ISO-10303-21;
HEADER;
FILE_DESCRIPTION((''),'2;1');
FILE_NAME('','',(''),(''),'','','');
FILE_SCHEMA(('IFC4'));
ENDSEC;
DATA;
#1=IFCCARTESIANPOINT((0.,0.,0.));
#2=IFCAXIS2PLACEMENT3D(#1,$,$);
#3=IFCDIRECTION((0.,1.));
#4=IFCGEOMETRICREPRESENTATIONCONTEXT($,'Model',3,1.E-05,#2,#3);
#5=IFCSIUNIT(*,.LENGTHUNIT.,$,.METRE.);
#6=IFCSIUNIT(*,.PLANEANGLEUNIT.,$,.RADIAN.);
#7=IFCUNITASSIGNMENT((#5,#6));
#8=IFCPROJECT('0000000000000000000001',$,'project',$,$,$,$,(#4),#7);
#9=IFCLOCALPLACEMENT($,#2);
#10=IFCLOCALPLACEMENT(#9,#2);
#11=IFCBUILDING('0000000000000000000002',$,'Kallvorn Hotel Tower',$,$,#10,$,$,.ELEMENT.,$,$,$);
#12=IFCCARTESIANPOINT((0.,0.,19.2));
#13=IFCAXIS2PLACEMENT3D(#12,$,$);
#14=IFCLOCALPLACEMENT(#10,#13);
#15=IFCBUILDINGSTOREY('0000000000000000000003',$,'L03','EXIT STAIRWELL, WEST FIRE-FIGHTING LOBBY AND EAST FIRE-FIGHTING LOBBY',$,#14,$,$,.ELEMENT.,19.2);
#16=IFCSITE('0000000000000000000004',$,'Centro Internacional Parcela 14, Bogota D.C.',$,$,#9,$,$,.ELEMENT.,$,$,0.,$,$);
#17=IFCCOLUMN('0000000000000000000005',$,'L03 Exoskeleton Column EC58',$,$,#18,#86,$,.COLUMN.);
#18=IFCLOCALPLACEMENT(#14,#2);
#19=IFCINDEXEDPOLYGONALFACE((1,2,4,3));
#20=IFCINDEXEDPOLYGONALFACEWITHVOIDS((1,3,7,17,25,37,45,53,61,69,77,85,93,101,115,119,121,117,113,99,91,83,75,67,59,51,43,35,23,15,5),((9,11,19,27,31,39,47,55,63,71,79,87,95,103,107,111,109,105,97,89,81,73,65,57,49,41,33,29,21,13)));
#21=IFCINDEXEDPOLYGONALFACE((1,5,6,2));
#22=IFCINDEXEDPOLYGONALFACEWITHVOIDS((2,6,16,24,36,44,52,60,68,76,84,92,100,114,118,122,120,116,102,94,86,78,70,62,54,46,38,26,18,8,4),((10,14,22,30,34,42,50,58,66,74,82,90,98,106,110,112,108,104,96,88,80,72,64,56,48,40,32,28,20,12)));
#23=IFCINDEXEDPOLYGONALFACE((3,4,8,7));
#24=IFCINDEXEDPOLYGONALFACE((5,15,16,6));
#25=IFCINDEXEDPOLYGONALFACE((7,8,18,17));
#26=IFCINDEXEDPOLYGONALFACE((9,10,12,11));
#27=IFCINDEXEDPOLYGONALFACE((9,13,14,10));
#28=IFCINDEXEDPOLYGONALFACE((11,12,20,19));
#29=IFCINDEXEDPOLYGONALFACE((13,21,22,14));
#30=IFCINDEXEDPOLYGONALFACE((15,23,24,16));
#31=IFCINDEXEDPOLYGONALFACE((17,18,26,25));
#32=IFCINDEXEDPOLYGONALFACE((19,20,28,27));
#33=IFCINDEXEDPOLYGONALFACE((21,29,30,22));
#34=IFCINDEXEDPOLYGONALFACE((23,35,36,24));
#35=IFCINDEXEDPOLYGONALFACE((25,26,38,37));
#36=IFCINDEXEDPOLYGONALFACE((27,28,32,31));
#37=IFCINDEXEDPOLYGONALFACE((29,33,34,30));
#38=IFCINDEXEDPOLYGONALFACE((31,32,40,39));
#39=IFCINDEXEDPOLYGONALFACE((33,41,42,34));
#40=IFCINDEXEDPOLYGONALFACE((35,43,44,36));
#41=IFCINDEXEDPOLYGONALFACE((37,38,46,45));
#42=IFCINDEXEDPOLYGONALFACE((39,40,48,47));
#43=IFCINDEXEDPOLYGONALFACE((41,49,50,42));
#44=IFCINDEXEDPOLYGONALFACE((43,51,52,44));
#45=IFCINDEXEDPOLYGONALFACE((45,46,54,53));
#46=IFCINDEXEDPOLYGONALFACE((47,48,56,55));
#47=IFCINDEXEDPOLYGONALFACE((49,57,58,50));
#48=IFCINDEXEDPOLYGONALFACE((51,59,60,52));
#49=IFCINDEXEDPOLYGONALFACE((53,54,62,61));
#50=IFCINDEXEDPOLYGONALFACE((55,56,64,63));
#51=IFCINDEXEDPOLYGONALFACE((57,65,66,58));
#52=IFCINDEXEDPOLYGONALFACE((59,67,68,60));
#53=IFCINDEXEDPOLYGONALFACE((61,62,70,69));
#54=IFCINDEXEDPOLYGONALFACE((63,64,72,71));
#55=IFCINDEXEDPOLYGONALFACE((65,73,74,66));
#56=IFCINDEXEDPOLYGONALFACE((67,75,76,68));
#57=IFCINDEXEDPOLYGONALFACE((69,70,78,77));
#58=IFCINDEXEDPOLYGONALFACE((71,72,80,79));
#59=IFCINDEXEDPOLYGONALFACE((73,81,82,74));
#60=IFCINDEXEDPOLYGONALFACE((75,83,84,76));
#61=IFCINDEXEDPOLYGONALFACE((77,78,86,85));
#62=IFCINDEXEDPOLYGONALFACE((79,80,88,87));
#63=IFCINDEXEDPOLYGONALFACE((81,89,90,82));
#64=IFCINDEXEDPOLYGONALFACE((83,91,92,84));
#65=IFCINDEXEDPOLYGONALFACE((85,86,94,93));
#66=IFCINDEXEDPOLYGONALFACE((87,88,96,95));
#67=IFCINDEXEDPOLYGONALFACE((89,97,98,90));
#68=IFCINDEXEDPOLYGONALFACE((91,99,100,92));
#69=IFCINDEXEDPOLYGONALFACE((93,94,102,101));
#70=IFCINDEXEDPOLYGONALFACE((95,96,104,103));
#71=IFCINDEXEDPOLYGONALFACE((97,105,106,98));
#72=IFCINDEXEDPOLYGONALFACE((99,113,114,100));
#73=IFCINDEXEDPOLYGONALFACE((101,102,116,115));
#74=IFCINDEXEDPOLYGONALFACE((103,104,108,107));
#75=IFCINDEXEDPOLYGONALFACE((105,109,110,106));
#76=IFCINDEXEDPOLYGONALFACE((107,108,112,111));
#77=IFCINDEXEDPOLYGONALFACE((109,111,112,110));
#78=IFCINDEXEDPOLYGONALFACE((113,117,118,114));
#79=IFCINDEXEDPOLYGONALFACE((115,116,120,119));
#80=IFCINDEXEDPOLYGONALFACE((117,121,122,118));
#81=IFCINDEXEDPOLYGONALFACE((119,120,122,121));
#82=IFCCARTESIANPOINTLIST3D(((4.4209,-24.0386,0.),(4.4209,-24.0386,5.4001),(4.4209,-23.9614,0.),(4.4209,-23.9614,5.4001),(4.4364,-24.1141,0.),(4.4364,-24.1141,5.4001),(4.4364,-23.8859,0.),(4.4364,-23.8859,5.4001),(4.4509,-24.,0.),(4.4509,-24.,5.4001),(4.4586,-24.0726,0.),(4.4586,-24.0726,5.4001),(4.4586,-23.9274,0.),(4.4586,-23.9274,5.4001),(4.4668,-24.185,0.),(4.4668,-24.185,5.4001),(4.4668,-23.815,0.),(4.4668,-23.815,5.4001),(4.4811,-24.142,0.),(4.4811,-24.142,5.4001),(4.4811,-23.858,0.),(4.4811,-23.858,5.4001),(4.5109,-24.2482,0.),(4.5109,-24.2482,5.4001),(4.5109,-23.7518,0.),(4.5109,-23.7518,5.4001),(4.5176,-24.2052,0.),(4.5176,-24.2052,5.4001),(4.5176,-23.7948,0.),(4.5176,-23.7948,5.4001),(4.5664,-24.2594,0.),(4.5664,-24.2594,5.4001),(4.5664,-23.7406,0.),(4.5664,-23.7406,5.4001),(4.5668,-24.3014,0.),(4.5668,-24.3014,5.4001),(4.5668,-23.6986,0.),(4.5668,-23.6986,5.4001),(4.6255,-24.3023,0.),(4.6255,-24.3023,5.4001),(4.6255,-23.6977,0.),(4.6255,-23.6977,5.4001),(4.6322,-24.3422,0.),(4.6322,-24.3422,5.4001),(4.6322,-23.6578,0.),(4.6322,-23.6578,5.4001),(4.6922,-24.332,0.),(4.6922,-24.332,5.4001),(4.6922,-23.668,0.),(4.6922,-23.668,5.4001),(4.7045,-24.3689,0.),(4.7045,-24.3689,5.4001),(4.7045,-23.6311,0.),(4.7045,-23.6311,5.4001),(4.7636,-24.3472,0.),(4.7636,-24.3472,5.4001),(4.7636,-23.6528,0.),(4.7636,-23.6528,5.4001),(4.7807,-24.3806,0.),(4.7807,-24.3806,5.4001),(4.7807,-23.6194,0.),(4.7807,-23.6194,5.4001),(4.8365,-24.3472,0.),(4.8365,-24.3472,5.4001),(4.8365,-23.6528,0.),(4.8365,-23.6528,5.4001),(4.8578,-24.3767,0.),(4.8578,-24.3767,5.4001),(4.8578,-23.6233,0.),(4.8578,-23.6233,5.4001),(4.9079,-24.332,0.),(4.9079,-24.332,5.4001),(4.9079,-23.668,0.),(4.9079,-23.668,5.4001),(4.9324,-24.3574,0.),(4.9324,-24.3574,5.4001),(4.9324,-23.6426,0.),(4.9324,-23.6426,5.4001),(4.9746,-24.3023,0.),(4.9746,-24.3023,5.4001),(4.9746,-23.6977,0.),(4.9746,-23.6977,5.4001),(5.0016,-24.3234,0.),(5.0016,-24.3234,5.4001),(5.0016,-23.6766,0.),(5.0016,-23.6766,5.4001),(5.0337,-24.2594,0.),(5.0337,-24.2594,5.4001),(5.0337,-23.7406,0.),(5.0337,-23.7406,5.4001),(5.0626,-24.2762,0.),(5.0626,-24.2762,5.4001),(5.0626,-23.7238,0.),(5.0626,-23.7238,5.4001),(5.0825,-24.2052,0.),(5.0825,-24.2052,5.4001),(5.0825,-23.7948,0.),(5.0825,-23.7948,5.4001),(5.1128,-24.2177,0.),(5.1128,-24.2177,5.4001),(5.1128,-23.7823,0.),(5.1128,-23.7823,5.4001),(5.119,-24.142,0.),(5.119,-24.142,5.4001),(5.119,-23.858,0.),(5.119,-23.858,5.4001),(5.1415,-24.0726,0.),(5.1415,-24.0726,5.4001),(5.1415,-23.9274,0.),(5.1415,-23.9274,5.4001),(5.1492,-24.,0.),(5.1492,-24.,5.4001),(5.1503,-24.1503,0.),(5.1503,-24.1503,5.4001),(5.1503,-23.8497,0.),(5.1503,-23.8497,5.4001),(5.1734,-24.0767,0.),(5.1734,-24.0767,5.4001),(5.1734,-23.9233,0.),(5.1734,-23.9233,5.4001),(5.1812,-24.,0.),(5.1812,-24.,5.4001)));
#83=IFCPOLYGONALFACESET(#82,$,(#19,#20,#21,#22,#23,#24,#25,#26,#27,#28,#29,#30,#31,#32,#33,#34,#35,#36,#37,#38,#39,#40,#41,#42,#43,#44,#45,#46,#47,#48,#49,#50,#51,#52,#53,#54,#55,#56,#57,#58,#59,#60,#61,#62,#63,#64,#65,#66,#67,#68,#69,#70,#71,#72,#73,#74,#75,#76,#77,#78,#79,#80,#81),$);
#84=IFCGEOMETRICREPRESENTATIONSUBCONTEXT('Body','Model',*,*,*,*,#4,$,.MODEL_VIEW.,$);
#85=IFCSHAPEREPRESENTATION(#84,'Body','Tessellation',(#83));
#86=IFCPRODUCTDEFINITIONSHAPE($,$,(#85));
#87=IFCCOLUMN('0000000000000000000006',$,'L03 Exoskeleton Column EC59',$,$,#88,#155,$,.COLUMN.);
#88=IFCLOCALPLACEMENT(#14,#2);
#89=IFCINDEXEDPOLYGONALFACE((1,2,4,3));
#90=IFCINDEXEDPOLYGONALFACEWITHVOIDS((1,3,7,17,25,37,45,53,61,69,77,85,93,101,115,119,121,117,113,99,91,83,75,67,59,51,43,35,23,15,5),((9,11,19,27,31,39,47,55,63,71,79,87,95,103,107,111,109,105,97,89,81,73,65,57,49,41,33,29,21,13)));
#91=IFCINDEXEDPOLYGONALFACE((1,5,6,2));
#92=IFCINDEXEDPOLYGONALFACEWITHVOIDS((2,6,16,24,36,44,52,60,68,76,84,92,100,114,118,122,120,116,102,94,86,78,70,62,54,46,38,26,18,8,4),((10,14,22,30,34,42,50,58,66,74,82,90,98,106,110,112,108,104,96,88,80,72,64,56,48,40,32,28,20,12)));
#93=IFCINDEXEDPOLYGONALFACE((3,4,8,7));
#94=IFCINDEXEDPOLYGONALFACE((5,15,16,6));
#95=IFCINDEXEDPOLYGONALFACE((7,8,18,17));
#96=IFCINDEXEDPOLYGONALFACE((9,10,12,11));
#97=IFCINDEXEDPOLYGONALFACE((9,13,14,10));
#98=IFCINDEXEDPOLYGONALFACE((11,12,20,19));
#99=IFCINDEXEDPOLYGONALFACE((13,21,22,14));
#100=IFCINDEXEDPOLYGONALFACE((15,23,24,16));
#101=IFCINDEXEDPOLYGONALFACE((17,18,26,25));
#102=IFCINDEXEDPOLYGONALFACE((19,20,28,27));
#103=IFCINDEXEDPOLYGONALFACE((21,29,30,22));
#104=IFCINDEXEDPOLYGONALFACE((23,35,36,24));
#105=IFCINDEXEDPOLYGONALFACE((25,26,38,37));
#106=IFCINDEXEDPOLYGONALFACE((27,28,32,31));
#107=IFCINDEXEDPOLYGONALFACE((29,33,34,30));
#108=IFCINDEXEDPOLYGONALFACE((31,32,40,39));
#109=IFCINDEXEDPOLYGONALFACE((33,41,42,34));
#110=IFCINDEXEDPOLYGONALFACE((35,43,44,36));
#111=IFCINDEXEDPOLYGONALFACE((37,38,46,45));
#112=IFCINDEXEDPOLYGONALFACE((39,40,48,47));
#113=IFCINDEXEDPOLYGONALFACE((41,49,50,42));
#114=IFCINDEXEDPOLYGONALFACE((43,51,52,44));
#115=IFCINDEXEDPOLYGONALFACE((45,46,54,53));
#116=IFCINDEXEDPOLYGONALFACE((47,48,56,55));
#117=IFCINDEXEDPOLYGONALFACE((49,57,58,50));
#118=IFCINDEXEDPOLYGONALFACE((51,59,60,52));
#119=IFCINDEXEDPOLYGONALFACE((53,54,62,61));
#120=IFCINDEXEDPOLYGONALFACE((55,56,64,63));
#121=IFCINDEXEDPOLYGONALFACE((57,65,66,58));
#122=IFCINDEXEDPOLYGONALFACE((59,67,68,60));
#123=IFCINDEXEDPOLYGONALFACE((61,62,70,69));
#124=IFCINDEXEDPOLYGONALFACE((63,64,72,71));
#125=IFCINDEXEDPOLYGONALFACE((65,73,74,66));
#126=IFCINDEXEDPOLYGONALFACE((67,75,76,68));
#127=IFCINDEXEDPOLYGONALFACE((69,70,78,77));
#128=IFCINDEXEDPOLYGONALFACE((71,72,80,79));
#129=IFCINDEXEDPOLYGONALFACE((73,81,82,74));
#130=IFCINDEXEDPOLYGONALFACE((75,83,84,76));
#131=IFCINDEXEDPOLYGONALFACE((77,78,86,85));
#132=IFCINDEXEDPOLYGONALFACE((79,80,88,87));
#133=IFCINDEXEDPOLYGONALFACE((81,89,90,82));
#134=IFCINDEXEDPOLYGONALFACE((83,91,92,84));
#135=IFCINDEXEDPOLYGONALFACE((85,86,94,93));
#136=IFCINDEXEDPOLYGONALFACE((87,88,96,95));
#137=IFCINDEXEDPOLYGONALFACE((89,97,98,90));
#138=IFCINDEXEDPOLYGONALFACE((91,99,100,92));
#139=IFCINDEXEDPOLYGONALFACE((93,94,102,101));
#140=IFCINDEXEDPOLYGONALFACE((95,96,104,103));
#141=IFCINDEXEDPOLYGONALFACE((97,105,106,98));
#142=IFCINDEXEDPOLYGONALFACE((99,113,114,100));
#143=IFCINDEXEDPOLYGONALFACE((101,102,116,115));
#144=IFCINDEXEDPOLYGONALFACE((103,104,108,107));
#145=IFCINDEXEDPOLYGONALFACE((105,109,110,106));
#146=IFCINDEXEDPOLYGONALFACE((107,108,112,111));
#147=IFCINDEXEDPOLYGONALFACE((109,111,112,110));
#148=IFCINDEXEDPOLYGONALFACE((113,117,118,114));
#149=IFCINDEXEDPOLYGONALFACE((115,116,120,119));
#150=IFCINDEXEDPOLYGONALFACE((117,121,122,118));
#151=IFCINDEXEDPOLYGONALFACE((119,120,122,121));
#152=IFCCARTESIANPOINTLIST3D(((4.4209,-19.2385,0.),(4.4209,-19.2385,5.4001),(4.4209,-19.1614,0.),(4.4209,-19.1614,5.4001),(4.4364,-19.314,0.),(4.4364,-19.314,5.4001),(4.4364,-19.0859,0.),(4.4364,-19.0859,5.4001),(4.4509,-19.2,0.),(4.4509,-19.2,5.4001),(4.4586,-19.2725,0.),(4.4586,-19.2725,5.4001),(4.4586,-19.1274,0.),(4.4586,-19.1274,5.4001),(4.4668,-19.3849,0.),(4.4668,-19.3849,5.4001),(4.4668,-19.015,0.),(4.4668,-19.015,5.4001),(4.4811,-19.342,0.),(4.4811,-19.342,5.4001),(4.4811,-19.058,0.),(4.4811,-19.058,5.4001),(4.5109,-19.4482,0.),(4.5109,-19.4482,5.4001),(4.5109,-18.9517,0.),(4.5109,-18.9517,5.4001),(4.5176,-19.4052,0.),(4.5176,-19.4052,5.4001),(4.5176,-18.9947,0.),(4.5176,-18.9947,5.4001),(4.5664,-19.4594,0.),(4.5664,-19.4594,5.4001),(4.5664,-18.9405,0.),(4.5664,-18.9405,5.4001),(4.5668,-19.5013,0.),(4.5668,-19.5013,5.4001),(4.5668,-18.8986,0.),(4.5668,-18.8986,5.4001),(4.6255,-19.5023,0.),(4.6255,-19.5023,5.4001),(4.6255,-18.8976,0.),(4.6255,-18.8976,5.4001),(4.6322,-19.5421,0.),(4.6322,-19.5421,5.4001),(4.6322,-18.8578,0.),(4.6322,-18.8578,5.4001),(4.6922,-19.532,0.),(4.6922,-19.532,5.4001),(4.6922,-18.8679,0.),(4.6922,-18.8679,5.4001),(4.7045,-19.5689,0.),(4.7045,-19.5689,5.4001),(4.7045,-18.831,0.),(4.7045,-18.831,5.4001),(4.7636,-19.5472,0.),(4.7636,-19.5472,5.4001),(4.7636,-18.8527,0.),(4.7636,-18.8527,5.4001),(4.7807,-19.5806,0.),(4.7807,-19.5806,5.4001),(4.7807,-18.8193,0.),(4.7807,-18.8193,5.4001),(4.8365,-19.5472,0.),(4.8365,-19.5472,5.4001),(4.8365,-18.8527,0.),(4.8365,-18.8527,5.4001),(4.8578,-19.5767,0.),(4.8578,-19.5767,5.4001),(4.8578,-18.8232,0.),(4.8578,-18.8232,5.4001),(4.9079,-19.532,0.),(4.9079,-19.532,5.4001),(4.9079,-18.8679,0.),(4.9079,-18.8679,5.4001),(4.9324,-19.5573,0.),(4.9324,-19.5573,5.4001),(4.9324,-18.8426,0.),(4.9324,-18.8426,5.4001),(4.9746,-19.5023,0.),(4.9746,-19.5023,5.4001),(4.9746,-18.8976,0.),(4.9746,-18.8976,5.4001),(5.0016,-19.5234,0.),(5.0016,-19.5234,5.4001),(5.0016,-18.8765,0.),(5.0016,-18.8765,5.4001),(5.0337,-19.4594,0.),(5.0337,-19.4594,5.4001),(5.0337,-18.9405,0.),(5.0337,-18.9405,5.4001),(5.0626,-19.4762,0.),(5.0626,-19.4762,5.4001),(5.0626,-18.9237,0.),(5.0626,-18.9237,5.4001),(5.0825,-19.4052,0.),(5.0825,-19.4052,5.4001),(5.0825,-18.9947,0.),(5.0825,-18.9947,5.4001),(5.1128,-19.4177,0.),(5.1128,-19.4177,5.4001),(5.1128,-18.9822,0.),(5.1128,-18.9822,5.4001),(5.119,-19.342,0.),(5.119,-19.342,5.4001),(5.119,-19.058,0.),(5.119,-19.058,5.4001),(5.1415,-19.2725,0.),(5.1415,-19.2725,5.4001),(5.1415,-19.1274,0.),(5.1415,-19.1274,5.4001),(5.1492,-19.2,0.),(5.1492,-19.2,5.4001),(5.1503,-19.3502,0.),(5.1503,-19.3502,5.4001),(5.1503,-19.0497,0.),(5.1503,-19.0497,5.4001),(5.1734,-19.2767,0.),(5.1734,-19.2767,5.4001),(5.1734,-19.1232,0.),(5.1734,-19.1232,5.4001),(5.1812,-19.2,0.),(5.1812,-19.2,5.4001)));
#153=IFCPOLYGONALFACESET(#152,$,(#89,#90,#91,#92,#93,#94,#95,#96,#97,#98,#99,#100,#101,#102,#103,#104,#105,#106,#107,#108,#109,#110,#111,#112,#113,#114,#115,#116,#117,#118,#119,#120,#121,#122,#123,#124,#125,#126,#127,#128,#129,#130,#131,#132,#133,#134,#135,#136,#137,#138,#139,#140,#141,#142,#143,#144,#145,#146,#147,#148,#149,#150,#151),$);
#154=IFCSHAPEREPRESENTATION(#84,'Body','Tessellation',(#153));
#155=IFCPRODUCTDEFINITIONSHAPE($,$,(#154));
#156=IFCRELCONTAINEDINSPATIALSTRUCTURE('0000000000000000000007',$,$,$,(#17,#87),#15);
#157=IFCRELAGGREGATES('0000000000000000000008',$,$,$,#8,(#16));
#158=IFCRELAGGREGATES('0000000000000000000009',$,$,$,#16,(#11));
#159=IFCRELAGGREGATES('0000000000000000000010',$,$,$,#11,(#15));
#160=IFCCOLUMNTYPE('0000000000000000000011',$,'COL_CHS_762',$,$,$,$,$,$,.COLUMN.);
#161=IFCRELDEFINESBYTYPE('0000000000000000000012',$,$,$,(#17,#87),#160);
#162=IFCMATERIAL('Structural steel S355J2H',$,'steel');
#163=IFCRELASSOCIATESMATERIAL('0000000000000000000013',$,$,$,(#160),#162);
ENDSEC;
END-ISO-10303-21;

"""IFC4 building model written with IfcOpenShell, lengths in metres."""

from ifc_helpers import new_model, si_unit, direction, frame, origin, origin_2d, place, context, subcontext, project, spatial, hollow_circle, extrude, material, material_profile, profile_set, type_object, element, save


model = new_model("IFC4")

# Units and contexts
model_context = context("Model", 3, precision=1e-05, world=origin(), true_north=direction((0.0, 1.0)))
body_context = subcontext(model_context, "Body", "Model", "MODEL_VIEW")
ifc_project = project(units=[si_unit("LENGTHUNIT", "METRE"), si_unit("PLANEANGLEUNIT", "RADIAN")], contexts=[model_context])

# Site, building, storey
site_placement = place(None, origin())
site = spatial("IfcSite", under=ifc_project, at=site_placement, Name="Centro Internacional Parcela 14, Bogota D.C.", CompositionType="ELEMENT", RefElevation=0.0)
building_placement = place(site_placement, origin())
building = spatial("IfcBuilding", under=site, at=building_placement, Name="Kallvorn Hotel Tower", CompositionType="ELEMENT")
storey_placement = place(building_placement, frame((0.0, 0.0, 19.2)))
storey = spatial("IfcBuildingStorey", under=building, at=storey_placement, Name="L03", Description="EXIT STAIRWELL, WEST FIRE-FIGHTING LOBBY AND EAST FIRE-FIGHTING LOBBY", CompositionType="ELEMENT", Elevation=19.2)

# Columns
ifc_material_1 = material(Name="Structural steel S355J2H", Category="steel")
ifc_material_profile_1 = material_profile(ifc_material_1, hollow_circle(Radius=0.3811, WallThickness=0.032, at=origin_2d()), Name="CHS 762x32")
ifc_profile_set_1 = profile_set([ifc_material_profile_1], Name="Structural steel S355J2H")
column_type_1 = type_object("IfcColumnType", Name="COL_CHS_762", PredefinedType="COLUMN", material=ifc_profile_set_1)
for number, where, z_axis, x_axis, name in (
    (1, (4.8, -24.0, 0.0), (0.0, 0.0, 1.0), (1.0, 0.0, 0.0), "L03 Exoskeleton Column EC58"),
    (2, (4.8, -19.2, 0.0), (0.0, 0.0, 1.0), (1.0, 0.0, 0.0), "L03 Exoskeleton Column EC59"),
):
    element("IfcColumn", number, at=place(storey_placement, frame(where, z_axis=z_axis, x_axis=x_axis)), inside=storey, type_object=column_type_1, Name=name, PredefinedType="COLUMN", context=body_context, shape_type="SweptSolid", body=[
        extrude(hollow_circle(Radius=0.3811, WallThickness=0.032, at=origin_2d()), origin(), (0.0, 0.0, 1.0), 5.4001),
    ])

save(model, "model.ifc")
